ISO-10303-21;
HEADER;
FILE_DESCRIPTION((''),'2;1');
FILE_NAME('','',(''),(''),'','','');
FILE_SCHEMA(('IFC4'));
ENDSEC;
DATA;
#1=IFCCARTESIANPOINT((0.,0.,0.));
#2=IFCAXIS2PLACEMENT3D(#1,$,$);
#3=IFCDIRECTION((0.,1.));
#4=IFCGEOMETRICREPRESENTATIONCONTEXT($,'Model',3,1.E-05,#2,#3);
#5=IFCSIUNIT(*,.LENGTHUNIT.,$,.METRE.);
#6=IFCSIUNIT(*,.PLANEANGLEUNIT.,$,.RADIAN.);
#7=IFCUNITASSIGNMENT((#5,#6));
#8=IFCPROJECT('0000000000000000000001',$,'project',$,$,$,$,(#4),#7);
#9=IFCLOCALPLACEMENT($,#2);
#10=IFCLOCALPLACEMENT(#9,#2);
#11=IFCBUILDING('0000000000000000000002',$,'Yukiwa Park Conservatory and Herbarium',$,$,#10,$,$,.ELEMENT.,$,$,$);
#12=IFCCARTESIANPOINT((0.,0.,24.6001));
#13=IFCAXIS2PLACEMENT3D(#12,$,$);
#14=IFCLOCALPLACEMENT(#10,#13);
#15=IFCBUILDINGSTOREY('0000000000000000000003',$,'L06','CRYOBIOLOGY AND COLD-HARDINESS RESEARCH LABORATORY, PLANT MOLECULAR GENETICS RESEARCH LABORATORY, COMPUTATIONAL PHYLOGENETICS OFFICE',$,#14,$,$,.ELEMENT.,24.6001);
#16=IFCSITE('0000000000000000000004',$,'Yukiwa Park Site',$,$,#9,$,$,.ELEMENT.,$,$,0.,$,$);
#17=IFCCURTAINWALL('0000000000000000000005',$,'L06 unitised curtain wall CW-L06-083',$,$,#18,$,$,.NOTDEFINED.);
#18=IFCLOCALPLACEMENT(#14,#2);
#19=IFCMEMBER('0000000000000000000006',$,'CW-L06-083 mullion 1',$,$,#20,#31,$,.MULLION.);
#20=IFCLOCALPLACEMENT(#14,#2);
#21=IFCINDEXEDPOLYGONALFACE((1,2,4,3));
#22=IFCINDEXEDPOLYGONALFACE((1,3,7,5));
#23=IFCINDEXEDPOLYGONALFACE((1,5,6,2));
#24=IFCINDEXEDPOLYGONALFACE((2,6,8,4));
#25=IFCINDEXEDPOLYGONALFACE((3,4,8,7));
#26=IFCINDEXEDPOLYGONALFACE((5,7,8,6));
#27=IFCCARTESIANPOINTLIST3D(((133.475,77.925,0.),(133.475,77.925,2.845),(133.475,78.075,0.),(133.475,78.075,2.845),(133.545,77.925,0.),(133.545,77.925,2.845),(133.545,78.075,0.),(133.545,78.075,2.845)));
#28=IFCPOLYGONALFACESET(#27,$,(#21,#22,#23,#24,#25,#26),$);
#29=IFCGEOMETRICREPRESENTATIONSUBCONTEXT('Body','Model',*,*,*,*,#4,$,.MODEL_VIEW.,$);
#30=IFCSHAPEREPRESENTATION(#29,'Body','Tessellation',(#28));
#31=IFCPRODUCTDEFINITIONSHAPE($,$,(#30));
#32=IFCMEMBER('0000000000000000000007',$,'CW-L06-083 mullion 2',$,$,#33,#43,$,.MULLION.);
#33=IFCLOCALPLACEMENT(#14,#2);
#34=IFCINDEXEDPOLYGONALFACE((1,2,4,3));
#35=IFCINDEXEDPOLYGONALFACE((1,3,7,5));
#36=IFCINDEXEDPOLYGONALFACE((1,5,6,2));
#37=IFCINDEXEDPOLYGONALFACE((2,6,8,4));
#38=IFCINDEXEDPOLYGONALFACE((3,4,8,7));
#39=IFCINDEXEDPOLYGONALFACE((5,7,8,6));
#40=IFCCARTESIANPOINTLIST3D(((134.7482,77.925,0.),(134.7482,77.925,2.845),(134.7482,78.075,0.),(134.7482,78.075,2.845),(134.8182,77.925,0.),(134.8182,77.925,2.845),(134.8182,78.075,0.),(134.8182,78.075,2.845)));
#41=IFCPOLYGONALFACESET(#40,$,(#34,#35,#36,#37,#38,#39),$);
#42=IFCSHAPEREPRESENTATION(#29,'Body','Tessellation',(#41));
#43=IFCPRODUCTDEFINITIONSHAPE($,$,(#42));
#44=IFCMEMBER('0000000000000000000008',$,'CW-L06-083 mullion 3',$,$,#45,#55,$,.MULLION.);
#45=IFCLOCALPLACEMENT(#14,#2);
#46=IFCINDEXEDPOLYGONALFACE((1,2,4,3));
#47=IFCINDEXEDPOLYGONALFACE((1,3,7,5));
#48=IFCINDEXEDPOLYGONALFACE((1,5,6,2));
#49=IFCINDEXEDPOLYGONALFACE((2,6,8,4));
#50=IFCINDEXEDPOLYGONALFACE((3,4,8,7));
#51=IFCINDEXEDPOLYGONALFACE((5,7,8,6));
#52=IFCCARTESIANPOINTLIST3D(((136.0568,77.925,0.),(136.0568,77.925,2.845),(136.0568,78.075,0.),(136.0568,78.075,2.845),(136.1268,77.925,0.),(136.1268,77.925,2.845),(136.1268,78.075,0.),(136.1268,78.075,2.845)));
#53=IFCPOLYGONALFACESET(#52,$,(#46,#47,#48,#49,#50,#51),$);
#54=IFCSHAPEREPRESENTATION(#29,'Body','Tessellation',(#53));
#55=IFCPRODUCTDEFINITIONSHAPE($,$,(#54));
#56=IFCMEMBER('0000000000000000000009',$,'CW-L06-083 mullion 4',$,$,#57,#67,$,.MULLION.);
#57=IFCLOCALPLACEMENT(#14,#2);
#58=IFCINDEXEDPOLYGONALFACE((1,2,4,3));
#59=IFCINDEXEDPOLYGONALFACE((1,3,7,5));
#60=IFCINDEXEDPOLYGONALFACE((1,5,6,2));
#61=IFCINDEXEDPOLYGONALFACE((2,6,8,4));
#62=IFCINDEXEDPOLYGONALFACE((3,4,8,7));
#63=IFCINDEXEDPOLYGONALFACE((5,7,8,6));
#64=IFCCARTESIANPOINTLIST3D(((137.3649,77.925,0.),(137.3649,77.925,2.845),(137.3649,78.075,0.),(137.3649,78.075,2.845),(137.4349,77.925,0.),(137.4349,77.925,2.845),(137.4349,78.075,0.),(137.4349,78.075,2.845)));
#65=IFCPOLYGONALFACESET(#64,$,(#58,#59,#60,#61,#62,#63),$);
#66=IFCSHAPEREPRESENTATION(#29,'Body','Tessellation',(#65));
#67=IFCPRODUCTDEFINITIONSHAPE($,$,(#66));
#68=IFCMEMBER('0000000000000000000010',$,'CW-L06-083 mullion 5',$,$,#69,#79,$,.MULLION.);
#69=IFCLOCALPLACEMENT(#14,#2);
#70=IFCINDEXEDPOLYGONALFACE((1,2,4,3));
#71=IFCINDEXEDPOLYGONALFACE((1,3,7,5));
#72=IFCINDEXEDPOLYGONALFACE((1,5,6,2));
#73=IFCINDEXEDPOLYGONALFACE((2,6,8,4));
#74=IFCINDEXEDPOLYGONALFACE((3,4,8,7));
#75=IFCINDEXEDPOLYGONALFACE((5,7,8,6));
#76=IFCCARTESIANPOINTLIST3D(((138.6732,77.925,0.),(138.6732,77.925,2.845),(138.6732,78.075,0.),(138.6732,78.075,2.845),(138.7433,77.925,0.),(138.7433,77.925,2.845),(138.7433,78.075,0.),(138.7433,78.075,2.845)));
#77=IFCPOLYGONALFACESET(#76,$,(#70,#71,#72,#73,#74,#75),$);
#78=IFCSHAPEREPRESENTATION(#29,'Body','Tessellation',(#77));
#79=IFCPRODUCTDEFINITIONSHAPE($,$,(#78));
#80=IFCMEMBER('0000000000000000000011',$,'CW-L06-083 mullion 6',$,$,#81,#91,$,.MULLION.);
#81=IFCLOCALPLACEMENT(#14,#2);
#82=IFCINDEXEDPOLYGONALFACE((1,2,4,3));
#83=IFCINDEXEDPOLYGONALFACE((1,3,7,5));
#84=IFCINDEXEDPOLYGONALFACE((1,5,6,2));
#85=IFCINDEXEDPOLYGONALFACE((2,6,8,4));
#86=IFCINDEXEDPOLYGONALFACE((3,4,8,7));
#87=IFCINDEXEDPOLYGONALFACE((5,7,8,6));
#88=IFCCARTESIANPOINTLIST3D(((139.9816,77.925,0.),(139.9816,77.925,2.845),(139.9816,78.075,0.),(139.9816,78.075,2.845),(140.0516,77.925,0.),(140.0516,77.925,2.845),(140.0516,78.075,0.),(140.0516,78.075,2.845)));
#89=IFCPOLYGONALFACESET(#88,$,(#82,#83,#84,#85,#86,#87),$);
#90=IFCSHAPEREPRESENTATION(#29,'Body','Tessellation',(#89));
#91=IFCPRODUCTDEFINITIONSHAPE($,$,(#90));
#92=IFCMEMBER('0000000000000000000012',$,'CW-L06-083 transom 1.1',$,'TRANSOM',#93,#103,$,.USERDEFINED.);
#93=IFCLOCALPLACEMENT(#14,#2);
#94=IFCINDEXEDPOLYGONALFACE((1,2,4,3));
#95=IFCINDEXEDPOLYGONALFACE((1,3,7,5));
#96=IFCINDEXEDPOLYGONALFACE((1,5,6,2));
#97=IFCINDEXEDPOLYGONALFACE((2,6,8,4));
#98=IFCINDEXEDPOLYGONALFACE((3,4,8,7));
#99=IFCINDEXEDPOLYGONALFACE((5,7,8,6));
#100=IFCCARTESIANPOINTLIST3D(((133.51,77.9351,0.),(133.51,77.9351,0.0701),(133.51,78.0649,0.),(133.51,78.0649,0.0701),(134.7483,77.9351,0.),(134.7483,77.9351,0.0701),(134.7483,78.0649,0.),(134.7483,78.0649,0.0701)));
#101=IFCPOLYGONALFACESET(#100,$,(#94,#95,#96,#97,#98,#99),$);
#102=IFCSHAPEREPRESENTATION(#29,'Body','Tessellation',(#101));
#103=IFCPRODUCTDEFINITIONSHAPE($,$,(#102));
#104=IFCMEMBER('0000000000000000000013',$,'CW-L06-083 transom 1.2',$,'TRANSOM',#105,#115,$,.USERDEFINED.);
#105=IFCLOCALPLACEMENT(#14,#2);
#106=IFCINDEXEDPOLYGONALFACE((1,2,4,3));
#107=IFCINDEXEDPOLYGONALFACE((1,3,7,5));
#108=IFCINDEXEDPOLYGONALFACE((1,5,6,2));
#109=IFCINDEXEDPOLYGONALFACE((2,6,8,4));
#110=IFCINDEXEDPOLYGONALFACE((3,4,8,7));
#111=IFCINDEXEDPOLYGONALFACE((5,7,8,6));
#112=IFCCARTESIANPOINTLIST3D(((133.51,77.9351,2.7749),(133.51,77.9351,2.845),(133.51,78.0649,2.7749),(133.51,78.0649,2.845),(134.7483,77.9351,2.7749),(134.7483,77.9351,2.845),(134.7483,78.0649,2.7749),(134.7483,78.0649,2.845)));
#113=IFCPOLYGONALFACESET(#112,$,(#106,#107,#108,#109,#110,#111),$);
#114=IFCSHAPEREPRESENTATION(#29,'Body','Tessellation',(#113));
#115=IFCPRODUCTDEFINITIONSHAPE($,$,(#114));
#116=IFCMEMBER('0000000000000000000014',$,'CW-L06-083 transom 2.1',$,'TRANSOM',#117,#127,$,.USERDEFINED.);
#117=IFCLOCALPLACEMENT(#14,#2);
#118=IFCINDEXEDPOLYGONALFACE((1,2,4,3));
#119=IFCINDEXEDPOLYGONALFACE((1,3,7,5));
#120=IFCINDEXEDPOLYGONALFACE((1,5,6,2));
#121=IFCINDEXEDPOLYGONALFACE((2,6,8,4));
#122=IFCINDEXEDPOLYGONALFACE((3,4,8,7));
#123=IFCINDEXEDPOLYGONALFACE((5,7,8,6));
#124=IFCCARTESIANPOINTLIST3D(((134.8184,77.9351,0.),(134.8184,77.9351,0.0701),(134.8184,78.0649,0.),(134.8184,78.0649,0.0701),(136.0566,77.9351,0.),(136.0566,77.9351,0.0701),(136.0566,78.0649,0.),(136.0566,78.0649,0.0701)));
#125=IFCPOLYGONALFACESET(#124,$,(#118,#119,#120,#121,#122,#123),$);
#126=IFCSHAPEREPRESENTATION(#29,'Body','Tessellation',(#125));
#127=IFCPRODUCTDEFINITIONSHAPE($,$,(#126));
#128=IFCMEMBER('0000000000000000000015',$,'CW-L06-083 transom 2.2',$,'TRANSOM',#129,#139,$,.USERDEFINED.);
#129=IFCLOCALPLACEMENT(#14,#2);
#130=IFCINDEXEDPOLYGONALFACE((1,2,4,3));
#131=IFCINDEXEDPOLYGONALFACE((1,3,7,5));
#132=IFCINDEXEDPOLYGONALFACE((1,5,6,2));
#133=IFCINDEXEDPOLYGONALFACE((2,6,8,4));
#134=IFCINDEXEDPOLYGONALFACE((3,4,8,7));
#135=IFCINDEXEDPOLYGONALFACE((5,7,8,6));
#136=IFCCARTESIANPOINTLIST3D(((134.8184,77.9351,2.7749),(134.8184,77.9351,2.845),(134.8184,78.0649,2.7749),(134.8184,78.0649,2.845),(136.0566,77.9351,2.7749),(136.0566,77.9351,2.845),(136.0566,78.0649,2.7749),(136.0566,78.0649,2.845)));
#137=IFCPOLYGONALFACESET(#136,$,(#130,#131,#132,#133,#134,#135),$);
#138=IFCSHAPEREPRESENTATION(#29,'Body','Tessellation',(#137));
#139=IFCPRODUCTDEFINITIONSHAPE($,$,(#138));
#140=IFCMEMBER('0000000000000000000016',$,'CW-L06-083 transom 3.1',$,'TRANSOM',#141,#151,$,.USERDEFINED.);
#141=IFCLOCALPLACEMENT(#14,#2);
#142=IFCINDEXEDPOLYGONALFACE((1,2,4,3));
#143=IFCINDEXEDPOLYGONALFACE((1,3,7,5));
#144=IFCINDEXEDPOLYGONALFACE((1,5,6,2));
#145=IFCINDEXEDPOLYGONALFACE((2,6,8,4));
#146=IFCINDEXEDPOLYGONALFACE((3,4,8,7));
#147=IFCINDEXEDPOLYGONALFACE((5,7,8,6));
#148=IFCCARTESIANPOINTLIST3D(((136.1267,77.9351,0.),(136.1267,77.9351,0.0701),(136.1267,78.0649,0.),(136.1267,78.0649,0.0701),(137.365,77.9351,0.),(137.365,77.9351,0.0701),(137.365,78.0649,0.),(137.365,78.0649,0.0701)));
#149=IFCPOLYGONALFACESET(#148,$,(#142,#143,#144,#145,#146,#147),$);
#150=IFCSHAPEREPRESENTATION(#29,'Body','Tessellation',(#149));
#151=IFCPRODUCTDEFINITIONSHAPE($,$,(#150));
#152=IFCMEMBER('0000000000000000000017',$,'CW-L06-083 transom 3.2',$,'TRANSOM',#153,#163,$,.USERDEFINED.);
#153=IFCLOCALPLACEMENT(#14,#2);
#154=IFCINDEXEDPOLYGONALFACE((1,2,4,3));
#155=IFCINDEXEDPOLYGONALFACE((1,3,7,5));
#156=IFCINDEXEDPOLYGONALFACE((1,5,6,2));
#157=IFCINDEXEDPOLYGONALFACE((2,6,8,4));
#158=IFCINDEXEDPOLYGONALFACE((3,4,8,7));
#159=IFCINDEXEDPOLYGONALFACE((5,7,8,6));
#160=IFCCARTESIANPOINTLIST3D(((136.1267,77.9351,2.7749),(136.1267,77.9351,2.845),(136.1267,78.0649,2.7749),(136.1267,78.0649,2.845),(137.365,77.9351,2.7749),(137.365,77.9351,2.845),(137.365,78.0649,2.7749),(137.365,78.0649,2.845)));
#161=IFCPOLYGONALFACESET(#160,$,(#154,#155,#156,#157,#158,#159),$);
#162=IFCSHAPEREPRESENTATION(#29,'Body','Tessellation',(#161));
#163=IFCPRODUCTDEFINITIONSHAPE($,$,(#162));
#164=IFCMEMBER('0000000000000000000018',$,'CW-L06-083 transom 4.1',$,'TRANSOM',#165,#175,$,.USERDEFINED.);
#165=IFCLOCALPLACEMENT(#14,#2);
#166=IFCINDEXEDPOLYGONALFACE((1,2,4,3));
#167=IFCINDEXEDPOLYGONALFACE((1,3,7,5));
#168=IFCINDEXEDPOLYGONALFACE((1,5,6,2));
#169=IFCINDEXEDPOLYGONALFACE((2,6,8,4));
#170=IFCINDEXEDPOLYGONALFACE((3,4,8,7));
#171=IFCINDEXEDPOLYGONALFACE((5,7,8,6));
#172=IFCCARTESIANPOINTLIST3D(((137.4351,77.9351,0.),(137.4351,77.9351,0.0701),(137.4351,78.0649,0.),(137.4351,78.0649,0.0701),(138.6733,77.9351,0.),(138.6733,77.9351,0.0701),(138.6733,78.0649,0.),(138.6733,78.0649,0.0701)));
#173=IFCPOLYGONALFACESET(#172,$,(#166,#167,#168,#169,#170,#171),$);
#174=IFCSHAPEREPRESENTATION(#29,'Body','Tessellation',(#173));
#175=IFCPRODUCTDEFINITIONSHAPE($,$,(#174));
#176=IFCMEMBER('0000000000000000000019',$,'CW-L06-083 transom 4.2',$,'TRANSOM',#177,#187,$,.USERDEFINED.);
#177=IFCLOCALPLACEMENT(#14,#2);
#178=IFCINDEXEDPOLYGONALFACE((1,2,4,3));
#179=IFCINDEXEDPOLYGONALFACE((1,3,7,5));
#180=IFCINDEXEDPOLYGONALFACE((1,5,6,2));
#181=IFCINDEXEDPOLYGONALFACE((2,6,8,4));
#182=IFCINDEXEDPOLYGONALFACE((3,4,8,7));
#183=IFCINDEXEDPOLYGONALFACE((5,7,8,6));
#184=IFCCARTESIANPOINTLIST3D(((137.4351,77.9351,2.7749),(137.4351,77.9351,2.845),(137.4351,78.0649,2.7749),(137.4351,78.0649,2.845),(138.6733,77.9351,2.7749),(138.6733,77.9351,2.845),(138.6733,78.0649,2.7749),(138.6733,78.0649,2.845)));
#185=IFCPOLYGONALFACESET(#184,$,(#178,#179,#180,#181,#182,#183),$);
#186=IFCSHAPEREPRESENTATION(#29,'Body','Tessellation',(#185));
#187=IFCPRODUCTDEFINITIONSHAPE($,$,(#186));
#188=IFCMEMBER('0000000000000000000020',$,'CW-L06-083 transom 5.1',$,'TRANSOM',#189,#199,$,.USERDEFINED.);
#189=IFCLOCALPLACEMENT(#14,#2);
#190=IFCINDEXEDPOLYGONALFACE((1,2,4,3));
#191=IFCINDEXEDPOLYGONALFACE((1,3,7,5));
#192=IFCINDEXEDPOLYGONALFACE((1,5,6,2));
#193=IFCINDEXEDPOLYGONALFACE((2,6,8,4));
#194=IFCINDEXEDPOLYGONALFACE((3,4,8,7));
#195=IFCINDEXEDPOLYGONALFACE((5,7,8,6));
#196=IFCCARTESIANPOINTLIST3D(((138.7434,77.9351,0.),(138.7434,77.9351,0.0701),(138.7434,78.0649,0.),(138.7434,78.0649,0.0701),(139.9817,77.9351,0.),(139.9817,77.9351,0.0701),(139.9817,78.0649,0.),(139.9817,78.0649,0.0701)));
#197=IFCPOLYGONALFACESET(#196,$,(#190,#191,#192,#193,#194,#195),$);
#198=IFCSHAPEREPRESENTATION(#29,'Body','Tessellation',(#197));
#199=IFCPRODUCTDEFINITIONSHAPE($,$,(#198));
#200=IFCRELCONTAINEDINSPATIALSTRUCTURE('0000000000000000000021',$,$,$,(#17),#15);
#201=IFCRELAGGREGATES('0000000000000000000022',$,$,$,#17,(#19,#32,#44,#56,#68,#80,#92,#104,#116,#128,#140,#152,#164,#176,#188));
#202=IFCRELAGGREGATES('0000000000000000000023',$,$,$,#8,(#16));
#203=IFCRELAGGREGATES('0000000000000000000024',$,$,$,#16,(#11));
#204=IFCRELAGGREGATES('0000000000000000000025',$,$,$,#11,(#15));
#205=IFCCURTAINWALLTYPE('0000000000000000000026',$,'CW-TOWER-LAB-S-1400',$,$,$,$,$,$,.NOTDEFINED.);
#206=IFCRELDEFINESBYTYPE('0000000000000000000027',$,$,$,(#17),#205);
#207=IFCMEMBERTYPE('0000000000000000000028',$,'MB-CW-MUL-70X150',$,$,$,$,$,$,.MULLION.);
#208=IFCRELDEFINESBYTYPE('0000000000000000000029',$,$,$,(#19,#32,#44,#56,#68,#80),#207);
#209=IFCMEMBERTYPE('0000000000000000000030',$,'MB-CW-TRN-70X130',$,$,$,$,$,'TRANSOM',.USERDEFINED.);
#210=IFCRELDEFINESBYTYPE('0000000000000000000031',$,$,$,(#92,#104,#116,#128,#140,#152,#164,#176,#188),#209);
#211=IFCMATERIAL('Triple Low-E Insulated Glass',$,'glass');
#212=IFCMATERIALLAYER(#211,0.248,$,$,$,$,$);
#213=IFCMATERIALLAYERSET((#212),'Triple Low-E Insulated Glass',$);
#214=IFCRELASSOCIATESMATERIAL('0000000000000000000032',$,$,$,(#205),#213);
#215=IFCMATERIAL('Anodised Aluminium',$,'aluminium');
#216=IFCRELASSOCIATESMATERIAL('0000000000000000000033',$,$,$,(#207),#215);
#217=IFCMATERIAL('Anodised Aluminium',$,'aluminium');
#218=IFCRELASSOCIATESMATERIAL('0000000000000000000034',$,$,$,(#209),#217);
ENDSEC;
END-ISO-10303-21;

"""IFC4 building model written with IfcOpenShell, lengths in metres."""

from ifc_helpers import new_model, si_unit, direction, frame, origin, origin_2d, place, context, subcontext, project, spatial, rectangle, extrude, material, layer, layer_set, type_object, element, aggregate, save


model = new_model("IFC4")

# Units and contexts
model_context = context("Model", 3, precision=1e-05, world=origin(), true_north=direction((0.0, 1.0)))
body_context = subcontext(model_context, "Body", "Model", "MODEL_VIEW")
ifc_project = project(units=[si_unit("LENGTHUNIT", "METRE"), si_unit("PLANEANGLEUNIT", "RADIAN")], contexts=[model_context])

# Site, building, storey
site_placement = place(None, origin())
site = spatial("IfcSite", under=ifc_project, at=site_placement, Name="Yukiwa Park Site", CompositionType="ELEMENT", RefElevation=0.0)
building_placement = place(site_placement, origin())
building = spatial("IfcBuilding", under=site, at=building_placement, Name="Yukiwa Park Conservatory and Herbarium", CompositionType="ELEMENT")
storey_placement = place(building_placement, frame((0.0, 0.0, 24.6001)))
storey = spatial("IfcBuildingStorey", under=building, at=storey_placement, Name="L06", Description="CRYOBIOLOGY AND COLD-HARDINESS RESEARCH LABORATORY, PLANT MOLECULAR GENETICS RESEARCH LABORATORY, COMPUTATIONAL PHYLOGENETICS OFFICE", CompositionType="ELEMENT", Elevation=24.6001)

# Curtain wall, members
ifc_material_1 = material(Name="Triple Low-E Insulated Glass", Category="glass")
ifc_layer_1 = layer(ifc_material_1, 0.248)
ifc_layer_set_1 = layer_set([ifc_layer_1], Name="Triple Low-E Insulated Glass")
curtain_wall_type = type_object("IfcCurtainWallType", Name="CW-TOWER-LAB-S-1400", PredefinedType="NOTDEFINED", material=ifc_layer_set_1)
curtain_wall_placement = place(storey_placement, origin())
curtain_wall = element("IfcCurtainWall", 1, at=curtain_wall_placement, inside=storey, type_object=curtain_wall_type, Name="L06 unitised curtain wall CW-L06-083", PredefinedType="NOTDEFINED")
ifc_material_2 = material(Name="Anodised Aluminium", Category="aluminium")
member_type_1 = type_object("IfcMemberType", Name="MB-CW-MUL-70X150", PredefinedType="MULLION", material=ifc_material_2)
member_1_placement = place(storey_placement, frame((133.51, 78.0, 0.0), z_axis=(0.0, 0.0, 1.0), x_axis=(1.0, 0.0, 0.0)))
member_1 = element("IfcMember", 2, at=member_1_placement, type_object=member_type_1, Name="CW-L06-083 mullion 1", PredefinedType="MULLION", context=body_context, shape_type="SweptSolid", body=[
    extrude(rectangle(XDim=0.0701, YDim=0.1499, at=origin_2d()), origin(), (0.0, 0.0, 1.0), 2.845),
])
member_2_placement = place(storey_placement, frame((134.7832, 78.0, 0.0), z_axis=(0.0, 0.0, 1.0), x_axis=(1.0, 0.0, 0.0)))
member_2 = element("IfcMember", 3, at=member_2_placement, type_object=member_type_1, Name="CW-L06-083 mullion 2", PredefinedType="MULLION", context=body_context, shape_type="SweptSolid", body=[
    extrude(rectangle(XDim=0.0701, YDim=0.1499, at=origin_2d()), origin(), (0.0, 0.0, 1.0), 2.845),
])
member_3_placement = place(storey_placement, frame((136.0918, 78.0, 0.0), z_axis=(0.0, 0.0, 1.0), x_axis=(1.0, 0.0, 0.0)))
member_3 = element("IfcMember", 4, at=member_3_placement, type_object=member_type_1, Name="CW-L06-083 mullion 3", PredefinedType="MULLION", context=body_context, shape_type="SweptSolid", body=[
    extrude(rectangle(XDim=0.0701, YDim=0.1499, at=origin_2d()), origin(), (0.0, 0.0, 1.0), 2.845),
])
member_4_placement = place(storey_placement, frame((137.3999, 78.0, 0.0), z_axis=(0.0, 0.0, 1.0), x_axis=(1.0, 0.0, 0.0)))
member_4 = element("IfcMember", 5, at=member_4_placement, type_object=member_type_1, Name="CW-L06-083 mullion 4", PredefinedType="MULLION", context=body_context, shape_type="SweptSolid", body=[
    extrude(rectangle(XDim=0.0701, YDim=0.1499, at=origin_2d()), origin(), (0.0, 0.0, 1.0), 2.845),
])
member_5_placement = place(storey_placement, frame((138.7083, 78.0, 0.0), z_axis=(0.0, 0.0, 1.0), x_axis=(1.0, 0.0, 0.0)))
member_5 = element("IfcMember", 6, at=member_5_placement, type_object=member_type_1, Name="CW-L06-083 mullion 5", PredefinedType="MULLION", context=body_context, shape_type="SweptSolid", body=[
    extrude(rectangle(XDim=0.0701, YDim=0.1499, at=origin_2d()), origin(), (0.0, 0.0, 1.0), 2.845),
])
member_6_placement = place(storey_placement, frame((140.0166, 78.0, 0.0), z_axis=(0.0, 0.0, 1.0), x_axis=(1.0, 0.0, 0.0)))
member_6 = element("IfcMember", 7, at=member_6_placement, type_object=member_type_1, Name="CW-L06-083 mullion 6", PredefinedType="MULLION", context=body_context, shape_type="SweptSolid", body=[
    extrude(rectangle(XDim=0.0701, YDim=0.1499, at=origin_2d()), origin(), (0.0, 0.0, 1.0), 2.845),
])
ifc_material_3 = material(Name="Anodised Aluminium", Category="aluminium")
member_type_2 = type_object("IfcMemberType", Name="MB-CW-TRN-70X130", ElementType="TRANSOM", PredefinedType="USERDEFINED", material=ifc_material_3)
member_7_placement = place(storey_placement, frame((134.1292, 78.0, 0.0), z_axis=(0.0, 0.0, 1.0), x_axis=(1.0, 0.0, 0.0)))
member_7 = element("IfcMember", 8, at=member_7_placement, type_object=member_type_2, Name="CW-L06-083 transom 1.1", ObjectType="TRANSOM", PredefinedType="USERDEFINED", context=body_context, shape_type="SweptSolid", body=[
    extrude(rectangle(XDim=1.2383, YDim=0.1299, at=origin_2d()), origin(), (0.0, 0.0, 1.0), 0.0701),
])
member_8_placement = place(storey_placement, frame((134.1292, 78.0, 2.7749), z_axis=(0.0, 0.0, 1.0), x_axis=(1.0, 0.0, 0.0)))
member_8 = element("IfcMember", 9, at=member_8_placement, type_object=member_type_2, Name="CW-L06-083 transom 1.2", ObjectType="TRANSOM", PredefinedType="USERDEFINED", context=body_context, shape_type="SweptSolid", body=[
    extrude(rectangle(XDim=1.2383, YDim=0.1299, at=origin_2d()), origin(), (0.0, 0.0, 1.0), 0.0701),
])
member_9_placement = place(storey_placement, frame((135.4375, 78.0, 0.0), z_axis=(0.0, 0.0, 1.0), x_axis=(1.0, 0.0, 0.0)))
member_9 = element("IfcMember", 10, at=member_9_placement, type_object=member_type_2, Name="CW-L06-083 transom 2.1", ObjectType="TRANSOM", PredefinedType="USERDEFINED", context=body_context, shape_type="SweptSolid", body=[
    extrude(rectangle(XDim=1.2383, YDim=0.1299, at=origin_2d()), origin(), (0.0, 0.0, 1.0), 0.0701),
])
member_10_placement = place(storey_placement, frame((135.4375, 78.0, 2.7749), z_axis=(0.0, 0.0, 1.0), x_axis=(1.0, 0.0, 0.0)))
member_10 = element("IfcMember", 11, at=member_10_placement, type_object=member_type_2, Name="CW-L06-083 transom 2.2", ObjectType="TRANSOM", PredefinedType="USERDEFINED", context=body_context, shape_type="SweptSolid", body=[
    extrude(rectangle(XDim=1.2383, YDim=0.1299, at=origin_2d()), origin(), (0.0, 0.0, 1.0), 0.0701),
])
member_11_placement = place(storey_placement, frame((136.7458, 78.0, 0.0), z_axis=(0.0, 0.0, 1.0), x_axis=(1.0, 0.0, 0.0)))
member_11 = element("IfcMember", 12, at=member_11_placement, type_object=member_type_2, Name="CW-L06-083 transom 3.1", ObjectType="TRANSOM", PredefinedType="USERDEFINED", context=body_context, shape_type="SweptSolid", body=[
    extrude(rectangle(XDim=1.2383, YDim=0.1299, at=origin_2d()), origin(), (0.0, 0.0, 1.0), 0.0701),
])
member_12_placement = place(storey_placement, frame((136.7458, 78.0, 2.7749), z_axis=(0.0, 0.0, 1.0), x_axis=(1.0, 0.0, 0.0)))
member_12 = element("IfcMember", 13, at=member_12_placement, type_object=member_type_2, Name="CW-L06-083 transom 3.2", ObjectType="TRANSOM", PredefinedType="USERDEFINED", context=body_context, shape_type="SweptSolid", body=[
    extrude(rectangle(XDim=1.2383, YDim=0.1299, at=origin_2d()), origin(), (0.0, 0.0, 1.0), 0.0701),
])
member_13_placement = place(storey_placement, frame((138.0542, 78.0, 0.0), z_axis=(0.0, 0.0, 1.0), x_axis=(1.0, 0.0, 0.0)))
member_13 = element("IfcMember", 14, at=member_13_placement, type_object=member_type_2, Name="CW-L06-083 transom 4.1", ObjectType="TRANSOM", PredefinedType="USERDEFINED", context=body_context, shape_type="SweptSolid", body=[
    extrude(rectangle(XDim=1.2383, YDim=0.1299, at=origin_2d()), origin(), (0.0, 0.0, 1.0), 0.0701),
])
member_14_placement = place(storey_placement, frame((138.0542, 78.0, 2.7749), z_axis=(0.0, 0.0, 1.0), x_axis=(1.0, 0.0, 0.0)))
member_14 = element("IfcMember", 15, at=member_14_placement, type_object=member_type_2, Name="CW-L06-083 transom 4.2", ObjectType="TRANSOM", PredefinedType="USERDEFINED", context=body_context, shape_type="SweptSolid", body=[
    extrude(rectangle(XDim=1.2383, YDim=0.1299, at=origin_2d()), origin(), (0.0, 0.0, 1.0), 0.0701),
])
member_15_placement = place(storey_placement, frame((139.3625, 78.0, 0.0), z_axis=(0.0, 0.0, 1.0), x_axis=(1.0, 0.0, 0.0)))
member_15 = element("IfcMember", 16, at=member_15_placement, type_object=member_type_2, Name="CW-L06-083 transom 5.1", ObjectType="TRANSOM", PredefinedType="USERDEFINED", context=body_context, shape_type="SweptSolid", body=[
    extrude(rectangle(XDim=1.2383, YDim=0.1299, at=origin_2d()), origin(), (0.0, 0.0, 1.0), 0.0701),
])
aggregate(curtain_wall, [member_1, member_2, member_3, member_4, member_5, member_6, member_7, member_8, member_9, member_10, member_11, member_12, member_13, member_14, member_15])

save(model, "model.ifc")
